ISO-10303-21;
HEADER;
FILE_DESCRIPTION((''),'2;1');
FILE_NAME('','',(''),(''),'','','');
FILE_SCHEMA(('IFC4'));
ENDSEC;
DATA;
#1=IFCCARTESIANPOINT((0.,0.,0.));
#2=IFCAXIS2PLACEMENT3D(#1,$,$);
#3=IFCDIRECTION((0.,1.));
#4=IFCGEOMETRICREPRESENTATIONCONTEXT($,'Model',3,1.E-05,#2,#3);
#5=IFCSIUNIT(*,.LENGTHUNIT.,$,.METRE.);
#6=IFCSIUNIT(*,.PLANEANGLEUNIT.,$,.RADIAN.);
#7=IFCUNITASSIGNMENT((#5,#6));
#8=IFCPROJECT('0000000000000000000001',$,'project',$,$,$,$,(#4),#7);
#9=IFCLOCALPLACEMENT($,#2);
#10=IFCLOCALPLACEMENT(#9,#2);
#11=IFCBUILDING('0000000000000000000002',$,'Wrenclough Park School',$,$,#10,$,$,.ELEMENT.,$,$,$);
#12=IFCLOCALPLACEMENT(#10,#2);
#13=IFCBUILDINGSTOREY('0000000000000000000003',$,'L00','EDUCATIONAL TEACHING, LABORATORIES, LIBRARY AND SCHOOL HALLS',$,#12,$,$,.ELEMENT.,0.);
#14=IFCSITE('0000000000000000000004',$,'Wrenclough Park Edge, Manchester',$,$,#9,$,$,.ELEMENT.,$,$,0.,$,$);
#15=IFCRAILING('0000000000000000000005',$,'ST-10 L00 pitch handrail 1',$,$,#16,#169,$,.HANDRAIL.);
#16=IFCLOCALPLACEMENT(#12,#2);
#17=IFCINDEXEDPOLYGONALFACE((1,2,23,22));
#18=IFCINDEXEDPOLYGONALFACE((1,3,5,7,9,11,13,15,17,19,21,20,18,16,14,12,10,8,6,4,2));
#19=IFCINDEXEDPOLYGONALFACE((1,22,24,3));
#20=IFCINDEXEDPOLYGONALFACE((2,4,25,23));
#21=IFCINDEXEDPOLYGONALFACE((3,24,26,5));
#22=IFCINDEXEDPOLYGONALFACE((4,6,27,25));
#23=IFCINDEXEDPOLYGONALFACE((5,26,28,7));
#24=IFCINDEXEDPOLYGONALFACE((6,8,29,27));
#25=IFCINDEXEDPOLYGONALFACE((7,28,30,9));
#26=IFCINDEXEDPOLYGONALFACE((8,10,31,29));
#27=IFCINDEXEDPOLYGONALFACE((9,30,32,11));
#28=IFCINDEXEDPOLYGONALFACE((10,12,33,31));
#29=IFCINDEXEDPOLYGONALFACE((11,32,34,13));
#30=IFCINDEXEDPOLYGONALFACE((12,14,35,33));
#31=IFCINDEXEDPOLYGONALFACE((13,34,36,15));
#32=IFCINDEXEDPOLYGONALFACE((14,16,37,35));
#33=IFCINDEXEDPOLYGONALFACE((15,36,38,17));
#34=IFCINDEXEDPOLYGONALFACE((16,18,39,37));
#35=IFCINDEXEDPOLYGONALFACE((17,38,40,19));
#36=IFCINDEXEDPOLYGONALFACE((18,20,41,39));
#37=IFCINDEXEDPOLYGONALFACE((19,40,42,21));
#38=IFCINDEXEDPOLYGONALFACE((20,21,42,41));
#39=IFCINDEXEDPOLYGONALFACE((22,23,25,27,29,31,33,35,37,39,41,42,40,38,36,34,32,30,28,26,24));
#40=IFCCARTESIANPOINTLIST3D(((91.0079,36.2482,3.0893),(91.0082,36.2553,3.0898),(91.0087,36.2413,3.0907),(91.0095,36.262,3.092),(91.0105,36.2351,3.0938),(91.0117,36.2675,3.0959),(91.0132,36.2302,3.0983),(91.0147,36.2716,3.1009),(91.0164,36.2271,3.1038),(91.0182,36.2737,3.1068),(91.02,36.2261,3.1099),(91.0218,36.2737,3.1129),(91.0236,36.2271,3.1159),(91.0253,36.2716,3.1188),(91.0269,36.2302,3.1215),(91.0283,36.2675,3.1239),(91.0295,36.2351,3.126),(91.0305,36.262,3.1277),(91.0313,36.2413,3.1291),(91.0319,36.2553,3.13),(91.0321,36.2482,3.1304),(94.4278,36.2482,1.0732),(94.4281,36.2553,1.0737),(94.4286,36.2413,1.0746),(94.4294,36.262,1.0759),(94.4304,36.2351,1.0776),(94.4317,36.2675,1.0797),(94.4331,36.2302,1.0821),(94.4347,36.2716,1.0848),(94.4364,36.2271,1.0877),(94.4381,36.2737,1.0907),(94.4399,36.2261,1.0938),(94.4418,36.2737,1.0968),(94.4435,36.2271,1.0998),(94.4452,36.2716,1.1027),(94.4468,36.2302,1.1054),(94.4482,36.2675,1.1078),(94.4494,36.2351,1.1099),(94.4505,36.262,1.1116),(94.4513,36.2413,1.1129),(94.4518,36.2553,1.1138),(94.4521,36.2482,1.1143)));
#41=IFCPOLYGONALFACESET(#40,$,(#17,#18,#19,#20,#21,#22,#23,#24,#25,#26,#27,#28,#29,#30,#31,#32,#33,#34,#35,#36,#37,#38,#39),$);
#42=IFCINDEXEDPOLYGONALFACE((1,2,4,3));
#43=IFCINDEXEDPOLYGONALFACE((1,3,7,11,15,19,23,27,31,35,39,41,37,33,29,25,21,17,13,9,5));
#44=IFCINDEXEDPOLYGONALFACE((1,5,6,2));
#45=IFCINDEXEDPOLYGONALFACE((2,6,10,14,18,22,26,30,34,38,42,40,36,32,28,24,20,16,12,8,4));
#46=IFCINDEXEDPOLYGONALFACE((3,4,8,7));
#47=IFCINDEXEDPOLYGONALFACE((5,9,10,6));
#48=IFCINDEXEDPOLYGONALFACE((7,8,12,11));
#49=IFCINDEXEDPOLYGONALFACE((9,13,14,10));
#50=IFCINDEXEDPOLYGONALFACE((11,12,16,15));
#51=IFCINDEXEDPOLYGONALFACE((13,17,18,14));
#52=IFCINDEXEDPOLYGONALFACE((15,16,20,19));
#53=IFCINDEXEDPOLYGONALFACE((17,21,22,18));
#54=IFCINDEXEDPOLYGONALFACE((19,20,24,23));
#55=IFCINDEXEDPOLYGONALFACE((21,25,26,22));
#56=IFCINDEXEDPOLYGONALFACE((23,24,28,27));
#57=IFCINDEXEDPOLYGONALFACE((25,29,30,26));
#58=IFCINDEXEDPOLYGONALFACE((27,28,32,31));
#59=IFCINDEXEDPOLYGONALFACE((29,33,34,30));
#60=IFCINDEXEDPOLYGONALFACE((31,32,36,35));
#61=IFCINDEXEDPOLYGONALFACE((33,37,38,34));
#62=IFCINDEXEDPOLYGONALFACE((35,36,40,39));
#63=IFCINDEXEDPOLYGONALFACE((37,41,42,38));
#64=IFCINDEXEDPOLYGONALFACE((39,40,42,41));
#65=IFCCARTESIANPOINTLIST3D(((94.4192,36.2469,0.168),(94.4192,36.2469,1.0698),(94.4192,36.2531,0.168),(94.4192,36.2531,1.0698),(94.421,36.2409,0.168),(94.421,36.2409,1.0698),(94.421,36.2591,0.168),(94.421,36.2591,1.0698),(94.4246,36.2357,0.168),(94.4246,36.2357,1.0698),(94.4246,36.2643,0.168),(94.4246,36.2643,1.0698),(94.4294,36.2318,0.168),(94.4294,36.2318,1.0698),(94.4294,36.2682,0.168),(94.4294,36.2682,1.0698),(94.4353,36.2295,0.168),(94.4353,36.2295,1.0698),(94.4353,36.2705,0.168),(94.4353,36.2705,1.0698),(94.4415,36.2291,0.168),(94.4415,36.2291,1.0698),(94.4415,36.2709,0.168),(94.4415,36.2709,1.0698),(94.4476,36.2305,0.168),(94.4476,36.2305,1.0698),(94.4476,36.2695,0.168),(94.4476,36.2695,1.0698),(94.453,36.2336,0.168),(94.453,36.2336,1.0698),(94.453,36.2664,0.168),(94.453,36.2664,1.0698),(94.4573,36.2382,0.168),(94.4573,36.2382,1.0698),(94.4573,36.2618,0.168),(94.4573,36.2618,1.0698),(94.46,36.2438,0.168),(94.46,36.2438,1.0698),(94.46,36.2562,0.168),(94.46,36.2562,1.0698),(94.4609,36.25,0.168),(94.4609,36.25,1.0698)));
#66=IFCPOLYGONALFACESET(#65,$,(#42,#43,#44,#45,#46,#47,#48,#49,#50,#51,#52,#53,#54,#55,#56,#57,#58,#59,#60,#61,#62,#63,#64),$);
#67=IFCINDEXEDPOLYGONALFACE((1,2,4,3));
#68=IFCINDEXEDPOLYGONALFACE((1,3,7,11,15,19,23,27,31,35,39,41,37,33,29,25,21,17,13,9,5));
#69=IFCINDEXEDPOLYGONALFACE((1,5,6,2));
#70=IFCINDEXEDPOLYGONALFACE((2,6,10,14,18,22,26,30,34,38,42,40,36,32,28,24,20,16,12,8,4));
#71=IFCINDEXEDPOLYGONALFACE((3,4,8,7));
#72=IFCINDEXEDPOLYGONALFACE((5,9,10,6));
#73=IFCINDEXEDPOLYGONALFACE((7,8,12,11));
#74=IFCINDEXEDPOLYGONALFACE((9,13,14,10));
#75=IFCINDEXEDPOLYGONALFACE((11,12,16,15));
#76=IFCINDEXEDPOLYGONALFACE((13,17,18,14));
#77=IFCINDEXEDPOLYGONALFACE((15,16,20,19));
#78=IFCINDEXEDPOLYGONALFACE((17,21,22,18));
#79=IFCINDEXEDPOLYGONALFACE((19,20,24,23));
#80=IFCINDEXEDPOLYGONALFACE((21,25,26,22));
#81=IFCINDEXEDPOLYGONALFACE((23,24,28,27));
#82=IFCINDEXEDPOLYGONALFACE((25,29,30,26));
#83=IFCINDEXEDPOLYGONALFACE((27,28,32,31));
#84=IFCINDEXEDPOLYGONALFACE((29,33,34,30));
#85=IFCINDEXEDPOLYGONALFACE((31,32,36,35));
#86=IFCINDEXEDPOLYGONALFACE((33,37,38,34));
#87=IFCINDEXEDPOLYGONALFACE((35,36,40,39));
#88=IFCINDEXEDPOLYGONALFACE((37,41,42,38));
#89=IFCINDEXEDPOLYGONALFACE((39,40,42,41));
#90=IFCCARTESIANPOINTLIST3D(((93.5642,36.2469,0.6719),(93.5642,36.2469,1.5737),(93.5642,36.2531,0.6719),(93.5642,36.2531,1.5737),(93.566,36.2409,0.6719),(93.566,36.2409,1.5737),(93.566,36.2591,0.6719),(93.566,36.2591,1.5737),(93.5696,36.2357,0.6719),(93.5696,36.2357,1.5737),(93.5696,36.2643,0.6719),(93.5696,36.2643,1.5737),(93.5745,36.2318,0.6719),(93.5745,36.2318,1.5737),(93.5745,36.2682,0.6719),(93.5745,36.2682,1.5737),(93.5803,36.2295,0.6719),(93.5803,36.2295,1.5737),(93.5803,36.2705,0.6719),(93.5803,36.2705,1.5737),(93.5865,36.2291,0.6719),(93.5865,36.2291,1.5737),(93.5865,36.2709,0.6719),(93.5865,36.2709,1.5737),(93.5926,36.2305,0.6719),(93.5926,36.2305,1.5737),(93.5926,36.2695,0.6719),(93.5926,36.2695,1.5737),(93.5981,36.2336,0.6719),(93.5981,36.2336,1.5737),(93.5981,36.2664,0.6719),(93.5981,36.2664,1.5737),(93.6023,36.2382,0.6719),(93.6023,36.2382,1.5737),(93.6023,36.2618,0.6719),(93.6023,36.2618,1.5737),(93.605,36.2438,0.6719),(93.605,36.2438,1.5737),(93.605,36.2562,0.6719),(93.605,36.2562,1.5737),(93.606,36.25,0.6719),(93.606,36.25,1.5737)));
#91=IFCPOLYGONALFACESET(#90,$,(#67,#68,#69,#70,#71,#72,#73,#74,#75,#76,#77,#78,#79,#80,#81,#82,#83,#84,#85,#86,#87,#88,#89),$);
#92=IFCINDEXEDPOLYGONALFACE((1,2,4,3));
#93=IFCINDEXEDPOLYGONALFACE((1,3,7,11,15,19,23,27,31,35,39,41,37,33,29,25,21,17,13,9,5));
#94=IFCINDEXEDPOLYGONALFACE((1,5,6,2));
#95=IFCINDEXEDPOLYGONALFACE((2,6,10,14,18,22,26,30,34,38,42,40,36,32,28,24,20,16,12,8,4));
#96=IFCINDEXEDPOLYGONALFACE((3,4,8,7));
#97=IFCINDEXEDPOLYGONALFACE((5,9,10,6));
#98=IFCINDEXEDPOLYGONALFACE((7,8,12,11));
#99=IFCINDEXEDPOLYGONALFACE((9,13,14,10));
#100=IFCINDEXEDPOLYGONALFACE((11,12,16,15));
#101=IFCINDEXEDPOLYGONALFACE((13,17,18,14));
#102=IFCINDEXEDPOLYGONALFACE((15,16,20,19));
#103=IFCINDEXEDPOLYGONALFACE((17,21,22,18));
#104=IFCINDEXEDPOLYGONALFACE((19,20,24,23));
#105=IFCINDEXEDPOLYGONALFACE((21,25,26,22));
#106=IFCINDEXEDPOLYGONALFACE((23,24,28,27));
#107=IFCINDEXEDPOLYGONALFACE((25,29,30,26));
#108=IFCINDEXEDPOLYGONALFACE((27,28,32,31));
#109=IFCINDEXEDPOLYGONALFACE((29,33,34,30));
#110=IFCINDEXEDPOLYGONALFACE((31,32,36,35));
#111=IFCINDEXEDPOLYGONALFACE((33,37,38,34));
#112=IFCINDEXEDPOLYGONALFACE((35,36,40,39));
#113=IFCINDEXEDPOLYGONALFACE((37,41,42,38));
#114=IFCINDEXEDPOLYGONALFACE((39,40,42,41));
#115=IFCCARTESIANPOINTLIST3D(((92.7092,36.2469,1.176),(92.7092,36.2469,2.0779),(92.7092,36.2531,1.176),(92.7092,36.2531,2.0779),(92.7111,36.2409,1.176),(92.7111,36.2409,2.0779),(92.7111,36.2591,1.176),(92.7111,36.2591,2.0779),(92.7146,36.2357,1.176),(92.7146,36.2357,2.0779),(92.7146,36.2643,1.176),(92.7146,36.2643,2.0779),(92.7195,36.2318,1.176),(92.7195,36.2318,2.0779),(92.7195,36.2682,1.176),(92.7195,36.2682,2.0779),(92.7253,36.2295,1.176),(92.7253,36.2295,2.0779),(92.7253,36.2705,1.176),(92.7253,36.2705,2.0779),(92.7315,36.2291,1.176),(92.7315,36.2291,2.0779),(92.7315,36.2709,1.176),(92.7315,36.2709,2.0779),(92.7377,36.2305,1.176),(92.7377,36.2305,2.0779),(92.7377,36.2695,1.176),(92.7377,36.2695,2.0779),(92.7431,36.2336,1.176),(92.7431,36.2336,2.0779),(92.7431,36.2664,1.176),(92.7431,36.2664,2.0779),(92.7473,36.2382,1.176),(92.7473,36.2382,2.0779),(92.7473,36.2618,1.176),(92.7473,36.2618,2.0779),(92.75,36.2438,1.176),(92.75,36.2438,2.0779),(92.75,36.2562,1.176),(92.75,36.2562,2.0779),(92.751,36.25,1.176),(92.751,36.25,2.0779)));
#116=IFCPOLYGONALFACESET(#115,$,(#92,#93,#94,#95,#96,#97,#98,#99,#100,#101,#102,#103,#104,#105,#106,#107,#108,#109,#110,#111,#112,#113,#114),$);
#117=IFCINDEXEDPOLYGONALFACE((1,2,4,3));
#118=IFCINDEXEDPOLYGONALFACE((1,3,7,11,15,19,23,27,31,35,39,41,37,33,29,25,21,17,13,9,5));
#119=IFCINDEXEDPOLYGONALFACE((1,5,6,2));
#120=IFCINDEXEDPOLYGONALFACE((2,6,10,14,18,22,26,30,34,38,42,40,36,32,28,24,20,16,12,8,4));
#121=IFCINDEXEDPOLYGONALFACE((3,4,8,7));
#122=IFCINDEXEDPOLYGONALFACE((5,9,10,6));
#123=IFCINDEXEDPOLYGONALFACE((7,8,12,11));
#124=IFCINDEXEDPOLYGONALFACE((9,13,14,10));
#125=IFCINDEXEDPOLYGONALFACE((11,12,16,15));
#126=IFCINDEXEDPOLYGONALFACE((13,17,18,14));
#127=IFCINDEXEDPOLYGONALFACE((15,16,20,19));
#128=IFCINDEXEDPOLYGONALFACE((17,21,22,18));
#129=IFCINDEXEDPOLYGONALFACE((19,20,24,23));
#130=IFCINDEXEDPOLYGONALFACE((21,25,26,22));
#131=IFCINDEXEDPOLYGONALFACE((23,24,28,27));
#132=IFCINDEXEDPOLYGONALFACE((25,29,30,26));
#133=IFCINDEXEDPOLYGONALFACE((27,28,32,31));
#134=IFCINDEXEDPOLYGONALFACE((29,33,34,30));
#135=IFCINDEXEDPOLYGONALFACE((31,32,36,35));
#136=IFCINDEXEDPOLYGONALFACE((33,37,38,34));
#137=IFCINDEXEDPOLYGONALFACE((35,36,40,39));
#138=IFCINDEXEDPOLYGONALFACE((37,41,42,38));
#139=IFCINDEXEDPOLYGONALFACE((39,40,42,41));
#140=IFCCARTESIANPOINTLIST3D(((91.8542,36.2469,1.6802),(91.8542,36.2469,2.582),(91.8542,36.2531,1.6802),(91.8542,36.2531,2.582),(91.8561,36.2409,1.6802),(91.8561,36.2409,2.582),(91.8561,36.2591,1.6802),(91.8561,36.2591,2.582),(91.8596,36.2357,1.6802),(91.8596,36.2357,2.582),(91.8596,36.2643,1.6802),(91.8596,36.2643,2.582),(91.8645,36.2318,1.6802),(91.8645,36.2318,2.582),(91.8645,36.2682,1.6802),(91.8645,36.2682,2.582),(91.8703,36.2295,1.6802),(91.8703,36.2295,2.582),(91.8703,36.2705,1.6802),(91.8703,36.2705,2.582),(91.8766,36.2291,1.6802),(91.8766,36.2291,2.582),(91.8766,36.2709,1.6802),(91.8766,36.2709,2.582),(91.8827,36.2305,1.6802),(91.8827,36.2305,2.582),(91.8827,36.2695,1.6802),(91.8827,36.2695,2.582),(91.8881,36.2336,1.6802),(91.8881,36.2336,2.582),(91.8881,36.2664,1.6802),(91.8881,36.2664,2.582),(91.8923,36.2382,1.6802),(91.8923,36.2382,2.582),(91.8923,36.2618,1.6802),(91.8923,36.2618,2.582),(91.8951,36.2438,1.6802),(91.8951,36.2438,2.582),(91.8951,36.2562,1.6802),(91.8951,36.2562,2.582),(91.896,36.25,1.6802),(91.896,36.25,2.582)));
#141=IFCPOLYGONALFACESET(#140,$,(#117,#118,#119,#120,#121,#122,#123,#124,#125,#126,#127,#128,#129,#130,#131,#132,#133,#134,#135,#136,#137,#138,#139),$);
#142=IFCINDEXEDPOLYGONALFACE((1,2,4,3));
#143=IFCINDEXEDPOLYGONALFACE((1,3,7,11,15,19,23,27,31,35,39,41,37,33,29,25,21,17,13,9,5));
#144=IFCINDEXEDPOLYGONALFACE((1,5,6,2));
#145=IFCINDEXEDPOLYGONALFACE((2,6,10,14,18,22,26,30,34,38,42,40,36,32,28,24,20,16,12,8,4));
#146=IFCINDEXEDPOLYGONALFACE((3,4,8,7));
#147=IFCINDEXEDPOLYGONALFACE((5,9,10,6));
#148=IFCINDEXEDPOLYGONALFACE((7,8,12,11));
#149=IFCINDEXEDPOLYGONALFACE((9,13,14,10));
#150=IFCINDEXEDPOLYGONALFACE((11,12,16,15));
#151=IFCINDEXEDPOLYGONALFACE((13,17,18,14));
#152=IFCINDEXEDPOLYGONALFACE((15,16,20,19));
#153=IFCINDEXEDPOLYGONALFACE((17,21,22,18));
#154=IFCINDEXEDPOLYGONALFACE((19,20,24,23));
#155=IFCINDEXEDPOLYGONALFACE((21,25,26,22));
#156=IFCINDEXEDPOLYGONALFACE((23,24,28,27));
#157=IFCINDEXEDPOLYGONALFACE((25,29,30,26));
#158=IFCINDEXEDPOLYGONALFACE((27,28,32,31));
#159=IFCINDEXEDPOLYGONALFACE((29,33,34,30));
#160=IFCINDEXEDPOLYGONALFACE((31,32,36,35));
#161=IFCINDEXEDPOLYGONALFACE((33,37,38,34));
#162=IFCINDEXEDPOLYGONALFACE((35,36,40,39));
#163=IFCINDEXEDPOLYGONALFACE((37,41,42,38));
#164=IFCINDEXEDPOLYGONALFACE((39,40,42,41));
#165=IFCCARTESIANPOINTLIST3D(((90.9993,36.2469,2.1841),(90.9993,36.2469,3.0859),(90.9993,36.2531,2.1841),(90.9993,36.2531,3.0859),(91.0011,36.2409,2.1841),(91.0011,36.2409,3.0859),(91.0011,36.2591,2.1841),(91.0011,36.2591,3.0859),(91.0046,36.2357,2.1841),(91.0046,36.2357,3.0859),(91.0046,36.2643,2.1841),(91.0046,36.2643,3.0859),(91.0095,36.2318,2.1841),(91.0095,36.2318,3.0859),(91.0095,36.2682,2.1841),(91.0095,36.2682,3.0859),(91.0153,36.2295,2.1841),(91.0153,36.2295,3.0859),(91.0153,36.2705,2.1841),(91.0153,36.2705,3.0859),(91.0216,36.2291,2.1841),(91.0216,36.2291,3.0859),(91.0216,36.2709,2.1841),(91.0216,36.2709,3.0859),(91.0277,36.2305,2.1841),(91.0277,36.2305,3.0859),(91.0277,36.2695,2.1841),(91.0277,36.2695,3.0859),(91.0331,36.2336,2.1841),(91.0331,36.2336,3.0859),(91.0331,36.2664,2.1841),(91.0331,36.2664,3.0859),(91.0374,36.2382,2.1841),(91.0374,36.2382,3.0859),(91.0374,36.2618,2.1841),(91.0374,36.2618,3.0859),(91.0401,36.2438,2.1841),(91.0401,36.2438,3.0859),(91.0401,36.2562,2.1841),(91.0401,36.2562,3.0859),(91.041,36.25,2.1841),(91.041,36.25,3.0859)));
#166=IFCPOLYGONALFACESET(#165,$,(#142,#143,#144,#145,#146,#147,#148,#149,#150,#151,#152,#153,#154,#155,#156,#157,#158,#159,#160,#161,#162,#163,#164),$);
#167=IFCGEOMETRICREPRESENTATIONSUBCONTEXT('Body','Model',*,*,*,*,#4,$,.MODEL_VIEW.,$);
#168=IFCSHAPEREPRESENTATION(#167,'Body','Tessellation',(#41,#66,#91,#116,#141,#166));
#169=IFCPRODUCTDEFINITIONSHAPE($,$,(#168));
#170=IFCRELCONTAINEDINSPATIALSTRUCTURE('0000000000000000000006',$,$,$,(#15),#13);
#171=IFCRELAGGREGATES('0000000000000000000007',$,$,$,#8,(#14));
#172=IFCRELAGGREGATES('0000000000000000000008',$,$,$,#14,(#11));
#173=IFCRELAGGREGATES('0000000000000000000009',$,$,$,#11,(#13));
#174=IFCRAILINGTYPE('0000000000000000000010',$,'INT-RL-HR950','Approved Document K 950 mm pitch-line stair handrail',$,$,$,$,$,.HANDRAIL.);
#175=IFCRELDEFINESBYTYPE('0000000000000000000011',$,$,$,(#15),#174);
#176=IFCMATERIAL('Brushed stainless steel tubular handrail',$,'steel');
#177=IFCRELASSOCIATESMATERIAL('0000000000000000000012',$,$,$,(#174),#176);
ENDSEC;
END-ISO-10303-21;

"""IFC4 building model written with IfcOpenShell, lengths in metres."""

from ifc_helpers import new_model, si_unit, direction, frame, origin, origin_2d, place, context, subcontext, project, spatial, circle, extrude, material, type_object, element, save


model = new_model("IFC4")

# Units and contexts
model_context = context("Model", 3, precision=1e-05, world=origin(), true_north=direction((0.0, 1.0)))
body_context = subcontext(model_context, "Body", "Model", "MODEL_VIEW")
ifc_project = project(units=[si_unit("LENGTHUNIT", "METRE"), si_unit("PLANEANGLEUNIT", "RADIAN")], contexts=[model_context])

# Site, building, storey
site_placement = place(None, origin())
site = spatial("IfcSite", under=ifc_project, at=site_placement, Name="Wrenclough Park Edge, Manchester", CompositionType="ELEMENT", RefElevation=0.0)
building_placement = place(site_placement, origin())
building = spatial("IfcBuilding", under=site, at=building_placement, Name="Wrenclough Park School", CompositionType="ELEMENT")
storey_placement = place(building_placement, origin())
storey = spatial("IfcBuildingStorey", under=building, at=storey_placement, Name="L00", Description="EDUCATIONAL TEACHING, LABORATORIES, LIBRARY AND SCHOOL HALLS", CompositionType="ELEMENT", Elevation=0.0)

# Railing
ifc_material_1 = material(Name="Brushed stainless steel tubular handrail", Category="steel")
railing_type_1 = type_object("IfcRailingType", Name="INT-RL-HR950", Description="Approved Document K 950 mm pitch-line stair handrail", PredefinedType="HANDRAIL", material=ifc_material_1)
railing_1_placement = place(storey_placement, frame((94.4399, 36.25, 0.168)))
element("IfcRailing", 1, at=railing_1_placement, inside=storey, type_object=railing_type_1, Name="ST-10 L00 pitch handrail 1", PredefinedType="HANDRAIL", context=body_context, shape_type="SweptSolid", body=[
    extrude(circle(Radius=0.0239, at=origin_2d()), frame((0.0, 0.0, 0.9258), z_axis=(-0.86145, 0.0, 0.507842), x_axis=(0.0, -1.0, 0.0)), (0.0, 0.0, 1.0), 3.97),
    extrude(circle(Radius=0.021, at=origin_2d()), origin(), (0.0, 0.0, 1.0), 0.9019),
    extrude(circle(Radius=0.021, at=origin_2d()), frame((-0.855, 0.0, 0.5039)), (0.0, 0.0, 1.0), 0.9019),
    extrude(circle(Radius=0.021, at=origin_2d()), frame((-1.71, 0.0, 1.0081)), (0.0, 0.0, 1.0), 0.9019),
    extrude(circle(Radius=0.021, at=origin_2d()), frame((-2.5649, 0.0, 1.5122)), (0.0, 0.0, 1.0), 0.9019),
    extrude(circle(Radius=0.021, at=origin_2d()), frame((-3.4199, 0.0, 2.0161)), (0.0, 0.0, 1.0), 0.9019),
])

save(model, "model.ifc")
